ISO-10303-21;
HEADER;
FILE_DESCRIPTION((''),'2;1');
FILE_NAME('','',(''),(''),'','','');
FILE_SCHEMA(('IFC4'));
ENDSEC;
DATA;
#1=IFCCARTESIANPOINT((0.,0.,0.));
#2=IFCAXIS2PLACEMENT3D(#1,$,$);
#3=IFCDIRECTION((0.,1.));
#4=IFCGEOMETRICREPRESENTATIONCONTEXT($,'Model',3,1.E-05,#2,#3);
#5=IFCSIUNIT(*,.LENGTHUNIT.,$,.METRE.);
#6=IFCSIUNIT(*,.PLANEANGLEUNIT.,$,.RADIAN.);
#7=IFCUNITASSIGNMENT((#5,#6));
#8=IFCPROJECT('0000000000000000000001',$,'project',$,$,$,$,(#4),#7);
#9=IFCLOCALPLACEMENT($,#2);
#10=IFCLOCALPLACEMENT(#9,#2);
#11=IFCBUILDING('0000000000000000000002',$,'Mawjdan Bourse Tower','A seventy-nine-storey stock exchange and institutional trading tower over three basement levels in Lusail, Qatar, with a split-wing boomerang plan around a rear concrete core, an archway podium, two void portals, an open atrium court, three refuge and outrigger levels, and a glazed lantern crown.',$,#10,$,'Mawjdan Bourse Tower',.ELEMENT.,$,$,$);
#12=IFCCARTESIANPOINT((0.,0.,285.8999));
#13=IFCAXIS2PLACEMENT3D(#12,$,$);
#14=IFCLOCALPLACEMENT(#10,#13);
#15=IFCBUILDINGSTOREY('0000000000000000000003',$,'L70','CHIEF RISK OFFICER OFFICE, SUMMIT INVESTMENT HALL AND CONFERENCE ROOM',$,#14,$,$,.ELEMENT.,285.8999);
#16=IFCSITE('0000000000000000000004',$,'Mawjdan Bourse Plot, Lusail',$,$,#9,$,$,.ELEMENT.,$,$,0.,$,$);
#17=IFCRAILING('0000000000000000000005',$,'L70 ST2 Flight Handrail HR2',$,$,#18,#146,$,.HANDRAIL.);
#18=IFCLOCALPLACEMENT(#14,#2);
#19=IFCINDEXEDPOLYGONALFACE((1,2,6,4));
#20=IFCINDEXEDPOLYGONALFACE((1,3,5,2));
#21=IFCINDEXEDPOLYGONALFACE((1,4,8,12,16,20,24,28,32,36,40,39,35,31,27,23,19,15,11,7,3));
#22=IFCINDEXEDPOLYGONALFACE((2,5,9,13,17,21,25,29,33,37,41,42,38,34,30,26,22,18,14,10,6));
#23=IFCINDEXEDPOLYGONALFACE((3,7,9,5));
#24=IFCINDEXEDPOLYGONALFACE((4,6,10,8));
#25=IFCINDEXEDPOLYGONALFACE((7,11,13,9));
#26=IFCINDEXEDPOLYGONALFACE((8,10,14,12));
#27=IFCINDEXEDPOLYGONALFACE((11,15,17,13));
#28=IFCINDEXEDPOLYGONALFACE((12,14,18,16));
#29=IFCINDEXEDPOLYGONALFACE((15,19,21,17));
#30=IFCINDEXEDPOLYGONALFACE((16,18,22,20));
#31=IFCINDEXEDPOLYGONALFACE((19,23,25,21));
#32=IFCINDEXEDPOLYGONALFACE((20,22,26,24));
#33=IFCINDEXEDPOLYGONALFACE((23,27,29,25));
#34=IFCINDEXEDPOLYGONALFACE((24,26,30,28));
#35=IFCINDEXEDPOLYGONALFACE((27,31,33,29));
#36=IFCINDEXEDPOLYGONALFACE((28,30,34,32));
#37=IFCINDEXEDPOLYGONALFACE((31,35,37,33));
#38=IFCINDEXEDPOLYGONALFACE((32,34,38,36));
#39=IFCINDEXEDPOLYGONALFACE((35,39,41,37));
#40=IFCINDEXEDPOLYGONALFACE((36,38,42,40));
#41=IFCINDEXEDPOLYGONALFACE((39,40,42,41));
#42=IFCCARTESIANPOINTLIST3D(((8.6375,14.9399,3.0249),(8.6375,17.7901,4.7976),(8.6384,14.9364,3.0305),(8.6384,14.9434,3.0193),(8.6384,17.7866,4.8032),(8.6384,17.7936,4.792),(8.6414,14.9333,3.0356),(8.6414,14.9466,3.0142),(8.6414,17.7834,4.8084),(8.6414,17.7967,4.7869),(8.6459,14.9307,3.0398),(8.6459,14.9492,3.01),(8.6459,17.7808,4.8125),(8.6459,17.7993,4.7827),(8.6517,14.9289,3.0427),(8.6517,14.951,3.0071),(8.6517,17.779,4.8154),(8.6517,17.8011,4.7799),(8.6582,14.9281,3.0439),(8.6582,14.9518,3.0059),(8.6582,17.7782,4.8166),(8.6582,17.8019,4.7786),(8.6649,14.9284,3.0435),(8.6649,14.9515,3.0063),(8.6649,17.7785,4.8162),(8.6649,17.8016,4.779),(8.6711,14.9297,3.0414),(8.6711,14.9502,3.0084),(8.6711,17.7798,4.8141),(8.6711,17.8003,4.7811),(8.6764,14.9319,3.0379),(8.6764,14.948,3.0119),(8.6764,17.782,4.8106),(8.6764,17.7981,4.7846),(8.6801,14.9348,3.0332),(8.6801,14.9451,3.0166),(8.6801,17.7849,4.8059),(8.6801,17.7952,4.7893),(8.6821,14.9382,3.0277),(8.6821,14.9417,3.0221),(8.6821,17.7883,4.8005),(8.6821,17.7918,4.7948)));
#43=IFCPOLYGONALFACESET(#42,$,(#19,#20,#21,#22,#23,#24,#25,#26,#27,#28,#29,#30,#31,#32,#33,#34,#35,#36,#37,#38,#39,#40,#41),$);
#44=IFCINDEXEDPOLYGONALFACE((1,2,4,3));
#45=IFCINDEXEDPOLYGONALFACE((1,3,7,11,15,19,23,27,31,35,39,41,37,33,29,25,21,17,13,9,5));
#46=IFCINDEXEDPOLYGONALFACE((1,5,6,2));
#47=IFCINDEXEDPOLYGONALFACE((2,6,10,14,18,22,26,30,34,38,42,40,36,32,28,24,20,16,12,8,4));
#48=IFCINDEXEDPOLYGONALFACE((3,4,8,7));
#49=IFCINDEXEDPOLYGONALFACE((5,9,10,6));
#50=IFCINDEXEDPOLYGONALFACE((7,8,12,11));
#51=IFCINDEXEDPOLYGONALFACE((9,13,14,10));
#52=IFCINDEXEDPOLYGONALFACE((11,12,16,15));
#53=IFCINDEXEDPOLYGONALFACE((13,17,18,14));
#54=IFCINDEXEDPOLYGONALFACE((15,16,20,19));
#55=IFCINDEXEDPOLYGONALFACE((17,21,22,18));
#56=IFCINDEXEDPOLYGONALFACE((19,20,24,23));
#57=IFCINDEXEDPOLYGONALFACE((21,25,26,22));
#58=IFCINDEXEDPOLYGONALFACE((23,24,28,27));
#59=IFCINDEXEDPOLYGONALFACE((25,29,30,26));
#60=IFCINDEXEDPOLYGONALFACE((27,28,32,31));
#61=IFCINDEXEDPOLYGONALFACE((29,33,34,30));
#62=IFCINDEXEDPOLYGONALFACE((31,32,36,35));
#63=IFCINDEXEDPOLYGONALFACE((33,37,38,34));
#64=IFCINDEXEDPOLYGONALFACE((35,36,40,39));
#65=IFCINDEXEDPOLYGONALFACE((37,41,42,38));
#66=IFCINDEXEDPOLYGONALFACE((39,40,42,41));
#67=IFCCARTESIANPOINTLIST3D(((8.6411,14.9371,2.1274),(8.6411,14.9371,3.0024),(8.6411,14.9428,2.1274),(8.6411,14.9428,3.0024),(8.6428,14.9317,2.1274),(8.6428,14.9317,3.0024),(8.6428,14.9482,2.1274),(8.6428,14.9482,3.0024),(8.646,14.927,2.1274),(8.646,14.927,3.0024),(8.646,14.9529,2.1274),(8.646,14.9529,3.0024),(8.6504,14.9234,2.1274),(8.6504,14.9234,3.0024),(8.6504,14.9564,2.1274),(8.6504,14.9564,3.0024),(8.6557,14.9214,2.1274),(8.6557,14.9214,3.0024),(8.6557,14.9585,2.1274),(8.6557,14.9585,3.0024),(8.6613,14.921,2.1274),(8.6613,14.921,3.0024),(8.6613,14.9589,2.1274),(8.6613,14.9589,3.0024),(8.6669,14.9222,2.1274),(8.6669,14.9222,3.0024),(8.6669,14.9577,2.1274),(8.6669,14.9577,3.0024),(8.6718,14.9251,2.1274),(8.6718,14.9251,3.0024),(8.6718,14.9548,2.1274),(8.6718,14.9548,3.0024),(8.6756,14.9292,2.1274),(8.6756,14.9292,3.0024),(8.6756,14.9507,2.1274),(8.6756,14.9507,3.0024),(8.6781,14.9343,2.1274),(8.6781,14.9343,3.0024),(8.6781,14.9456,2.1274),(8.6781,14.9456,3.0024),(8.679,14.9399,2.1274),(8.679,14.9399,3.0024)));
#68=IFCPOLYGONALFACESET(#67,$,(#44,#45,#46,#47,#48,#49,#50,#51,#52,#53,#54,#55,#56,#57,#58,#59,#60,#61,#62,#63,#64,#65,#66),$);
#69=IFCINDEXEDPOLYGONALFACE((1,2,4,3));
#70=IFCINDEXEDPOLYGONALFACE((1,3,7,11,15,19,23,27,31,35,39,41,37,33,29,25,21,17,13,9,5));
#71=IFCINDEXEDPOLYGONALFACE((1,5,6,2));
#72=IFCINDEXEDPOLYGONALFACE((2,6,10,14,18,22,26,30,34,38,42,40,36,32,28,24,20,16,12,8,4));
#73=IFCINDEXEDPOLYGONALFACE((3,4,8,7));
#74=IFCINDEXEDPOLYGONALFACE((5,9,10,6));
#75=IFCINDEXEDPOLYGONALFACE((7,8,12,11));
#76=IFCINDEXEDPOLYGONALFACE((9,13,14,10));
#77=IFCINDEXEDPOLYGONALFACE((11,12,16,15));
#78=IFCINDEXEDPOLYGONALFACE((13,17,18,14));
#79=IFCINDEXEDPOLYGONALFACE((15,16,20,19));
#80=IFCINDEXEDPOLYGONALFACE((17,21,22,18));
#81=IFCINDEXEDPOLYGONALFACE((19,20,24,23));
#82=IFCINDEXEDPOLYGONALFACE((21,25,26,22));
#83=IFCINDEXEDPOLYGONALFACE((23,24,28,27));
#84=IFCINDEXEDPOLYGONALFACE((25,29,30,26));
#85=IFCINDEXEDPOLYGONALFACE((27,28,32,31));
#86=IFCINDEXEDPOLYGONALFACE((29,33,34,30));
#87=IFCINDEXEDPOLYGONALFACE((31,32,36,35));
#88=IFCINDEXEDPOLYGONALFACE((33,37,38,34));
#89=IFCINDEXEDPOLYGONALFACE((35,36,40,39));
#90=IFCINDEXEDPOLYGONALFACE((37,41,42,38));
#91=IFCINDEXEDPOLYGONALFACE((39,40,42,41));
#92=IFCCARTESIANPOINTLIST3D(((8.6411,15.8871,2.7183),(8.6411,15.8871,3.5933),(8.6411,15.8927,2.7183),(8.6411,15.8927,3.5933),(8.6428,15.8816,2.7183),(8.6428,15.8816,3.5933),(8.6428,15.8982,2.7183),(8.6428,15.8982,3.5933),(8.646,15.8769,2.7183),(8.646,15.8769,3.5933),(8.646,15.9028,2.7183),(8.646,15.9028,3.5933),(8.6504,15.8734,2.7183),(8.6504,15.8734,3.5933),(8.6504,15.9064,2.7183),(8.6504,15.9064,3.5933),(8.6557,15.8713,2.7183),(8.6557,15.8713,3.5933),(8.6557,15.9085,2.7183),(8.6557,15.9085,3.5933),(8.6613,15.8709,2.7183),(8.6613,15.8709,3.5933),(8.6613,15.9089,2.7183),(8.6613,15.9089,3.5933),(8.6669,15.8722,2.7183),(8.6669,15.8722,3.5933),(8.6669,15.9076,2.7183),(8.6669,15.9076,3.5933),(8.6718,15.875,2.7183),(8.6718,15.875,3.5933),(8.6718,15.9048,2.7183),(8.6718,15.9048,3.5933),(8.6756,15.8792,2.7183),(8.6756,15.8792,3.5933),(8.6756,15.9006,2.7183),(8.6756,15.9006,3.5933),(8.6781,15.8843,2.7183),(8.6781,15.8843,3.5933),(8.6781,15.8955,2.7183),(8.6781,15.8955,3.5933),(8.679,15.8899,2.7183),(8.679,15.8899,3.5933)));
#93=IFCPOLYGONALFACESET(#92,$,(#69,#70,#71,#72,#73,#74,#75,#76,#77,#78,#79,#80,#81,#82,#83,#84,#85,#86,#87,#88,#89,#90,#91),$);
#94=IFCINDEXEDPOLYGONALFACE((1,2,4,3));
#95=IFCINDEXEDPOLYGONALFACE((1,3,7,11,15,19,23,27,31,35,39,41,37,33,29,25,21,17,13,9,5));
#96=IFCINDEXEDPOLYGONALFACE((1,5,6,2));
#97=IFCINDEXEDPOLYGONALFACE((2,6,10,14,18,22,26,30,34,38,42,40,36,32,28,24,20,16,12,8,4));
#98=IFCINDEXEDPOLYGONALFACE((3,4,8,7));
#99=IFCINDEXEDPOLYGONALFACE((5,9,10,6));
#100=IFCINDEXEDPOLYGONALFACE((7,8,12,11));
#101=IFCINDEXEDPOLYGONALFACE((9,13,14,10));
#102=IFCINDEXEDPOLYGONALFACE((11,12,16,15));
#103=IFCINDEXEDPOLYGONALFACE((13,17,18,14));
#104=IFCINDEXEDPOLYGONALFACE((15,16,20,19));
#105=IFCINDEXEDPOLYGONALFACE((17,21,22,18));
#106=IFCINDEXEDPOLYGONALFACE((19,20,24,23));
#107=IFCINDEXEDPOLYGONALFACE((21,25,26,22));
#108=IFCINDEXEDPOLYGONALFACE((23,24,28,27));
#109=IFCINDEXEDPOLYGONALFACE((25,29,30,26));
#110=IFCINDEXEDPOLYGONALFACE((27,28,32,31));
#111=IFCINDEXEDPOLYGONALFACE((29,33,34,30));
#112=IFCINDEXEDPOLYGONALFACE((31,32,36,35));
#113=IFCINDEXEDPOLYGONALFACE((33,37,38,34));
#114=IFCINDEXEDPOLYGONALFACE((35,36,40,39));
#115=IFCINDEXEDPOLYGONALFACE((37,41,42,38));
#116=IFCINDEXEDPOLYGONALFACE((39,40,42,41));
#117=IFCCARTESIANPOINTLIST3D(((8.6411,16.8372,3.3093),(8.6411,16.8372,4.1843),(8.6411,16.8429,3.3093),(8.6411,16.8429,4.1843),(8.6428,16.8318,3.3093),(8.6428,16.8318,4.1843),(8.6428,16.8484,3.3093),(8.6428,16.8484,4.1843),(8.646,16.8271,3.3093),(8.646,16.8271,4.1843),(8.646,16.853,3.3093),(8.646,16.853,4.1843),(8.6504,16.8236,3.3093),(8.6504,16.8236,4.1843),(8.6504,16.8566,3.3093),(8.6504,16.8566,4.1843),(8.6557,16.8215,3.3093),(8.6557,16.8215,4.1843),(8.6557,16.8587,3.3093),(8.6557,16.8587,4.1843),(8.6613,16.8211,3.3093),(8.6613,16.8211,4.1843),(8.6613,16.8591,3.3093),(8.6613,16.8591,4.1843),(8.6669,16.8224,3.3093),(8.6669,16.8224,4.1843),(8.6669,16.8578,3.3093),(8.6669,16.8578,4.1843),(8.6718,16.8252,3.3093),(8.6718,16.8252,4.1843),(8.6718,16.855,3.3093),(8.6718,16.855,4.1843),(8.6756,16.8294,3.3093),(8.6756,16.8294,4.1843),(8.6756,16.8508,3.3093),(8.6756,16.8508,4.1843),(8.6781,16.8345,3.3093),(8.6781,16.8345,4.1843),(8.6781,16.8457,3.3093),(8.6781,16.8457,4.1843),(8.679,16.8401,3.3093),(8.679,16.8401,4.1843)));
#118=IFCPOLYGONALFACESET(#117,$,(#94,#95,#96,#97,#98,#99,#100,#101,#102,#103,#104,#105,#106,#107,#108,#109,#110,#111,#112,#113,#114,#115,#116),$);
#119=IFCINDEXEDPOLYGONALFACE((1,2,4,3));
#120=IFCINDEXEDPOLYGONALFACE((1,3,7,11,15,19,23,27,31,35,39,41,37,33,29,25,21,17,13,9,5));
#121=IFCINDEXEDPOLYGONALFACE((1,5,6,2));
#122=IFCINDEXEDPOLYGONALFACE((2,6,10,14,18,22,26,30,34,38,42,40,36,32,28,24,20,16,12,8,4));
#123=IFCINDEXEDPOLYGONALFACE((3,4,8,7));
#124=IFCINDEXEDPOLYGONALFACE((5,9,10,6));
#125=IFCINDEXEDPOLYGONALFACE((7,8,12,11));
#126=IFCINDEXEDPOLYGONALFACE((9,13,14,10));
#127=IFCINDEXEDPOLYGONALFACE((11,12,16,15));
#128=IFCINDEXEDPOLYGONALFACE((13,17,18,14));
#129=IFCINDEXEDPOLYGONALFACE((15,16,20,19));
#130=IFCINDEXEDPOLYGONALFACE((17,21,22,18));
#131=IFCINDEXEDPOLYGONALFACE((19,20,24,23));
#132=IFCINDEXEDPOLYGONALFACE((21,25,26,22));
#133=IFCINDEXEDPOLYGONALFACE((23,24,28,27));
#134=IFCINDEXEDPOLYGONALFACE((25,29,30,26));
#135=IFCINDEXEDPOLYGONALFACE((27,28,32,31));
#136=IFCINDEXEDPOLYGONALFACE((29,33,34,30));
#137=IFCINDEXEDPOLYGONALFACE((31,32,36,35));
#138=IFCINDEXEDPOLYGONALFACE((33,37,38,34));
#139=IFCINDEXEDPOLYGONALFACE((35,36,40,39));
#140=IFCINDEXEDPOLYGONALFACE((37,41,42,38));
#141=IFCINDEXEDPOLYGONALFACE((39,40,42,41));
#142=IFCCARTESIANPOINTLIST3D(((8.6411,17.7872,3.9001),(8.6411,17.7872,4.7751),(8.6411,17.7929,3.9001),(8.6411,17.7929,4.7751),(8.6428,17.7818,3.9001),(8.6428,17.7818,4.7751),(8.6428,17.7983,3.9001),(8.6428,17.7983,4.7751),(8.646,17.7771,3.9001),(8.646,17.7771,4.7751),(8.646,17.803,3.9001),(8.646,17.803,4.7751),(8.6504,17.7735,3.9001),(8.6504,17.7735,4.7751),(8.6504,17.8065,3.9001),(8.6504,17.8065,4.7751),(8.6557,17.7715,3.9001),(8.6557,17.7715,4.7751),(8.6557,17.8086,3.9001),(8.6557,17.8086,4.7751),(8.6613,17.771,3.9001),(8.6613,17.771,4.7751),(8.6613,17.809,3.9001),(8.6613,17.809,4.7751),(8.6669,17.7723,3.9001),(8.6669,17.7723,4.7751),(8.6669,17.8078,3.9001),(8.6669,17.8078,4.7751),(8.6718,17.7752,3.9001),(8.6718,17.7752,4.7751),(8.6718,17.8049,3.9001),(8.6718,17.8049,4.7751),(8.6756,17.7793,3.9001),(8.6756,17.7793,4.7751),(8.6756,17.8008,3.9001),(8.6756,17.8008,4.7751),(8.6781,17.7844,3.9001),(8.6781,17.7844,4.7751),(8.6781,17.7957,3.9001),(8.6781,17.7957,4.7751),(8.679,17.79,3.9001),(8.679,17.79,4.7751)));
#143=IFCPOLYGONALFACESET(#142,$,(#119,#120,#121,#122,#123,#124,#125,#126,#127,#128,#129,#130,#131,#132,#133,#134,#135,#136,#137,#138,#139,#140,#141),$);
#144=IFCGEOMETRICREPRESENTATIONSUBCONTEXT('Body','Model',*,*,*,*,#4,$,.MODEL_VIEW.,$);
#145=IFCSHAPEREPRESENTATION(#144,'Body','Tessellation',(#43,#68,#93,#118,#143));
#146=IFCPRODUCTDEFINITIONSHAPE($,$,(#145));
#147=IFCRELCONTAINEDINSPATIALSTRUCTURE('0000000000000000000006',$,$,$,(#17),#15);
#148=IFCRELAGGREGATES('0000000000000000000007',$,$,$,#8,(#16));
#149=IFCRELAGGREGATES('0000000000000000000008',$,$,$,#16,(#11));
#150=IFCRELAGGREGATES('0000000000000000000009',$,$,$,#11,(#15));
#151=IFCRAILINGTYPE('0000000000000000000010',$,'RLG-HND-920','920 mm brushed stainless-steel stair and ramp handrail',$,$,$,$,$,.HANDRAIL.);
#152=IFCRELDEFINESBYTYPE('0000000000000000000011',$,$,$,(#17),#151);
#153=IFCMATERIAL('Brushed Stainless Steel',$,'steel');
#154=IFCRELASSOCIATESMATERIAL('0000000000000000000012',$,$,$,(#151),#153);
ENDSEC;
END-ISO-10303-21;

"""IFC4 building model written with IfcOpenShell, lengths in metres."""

from ifc_helpers import new_model, si_unit, direction, frame, origin, origin_2d, place, context, subcontext, project, spatial, circle, extrude, material, type_object, element, save


model = new_model("IFC4")

# Units and contexts
model_context = context("Model", 3, precision=1e-05, world=origin(), true_north=direction((0.0, 1.0)))
body_context = subcontext(model_context, "Body", "Model", "MODEL_VIEW")
ifc_project = project(units=[si_unit("LENGTHUNIT", "METRE"), si_unit("PLANEANGLEUNIT", "RADIAN")], contexts=[model_context])

# Site, building, storey
site_placement = place(None, origin())
site = spatial("IfcSite", under=ifc_project, at=site_placement, Name="Mawjdan Bourse Plot, Lusail", CompositionType="ELEMENT", RefElevation=0.0)
building_placement = place(site_placement, origin())
building = spatial("IfcBuilding", under=site, at=building_placement, Name="Mawjdan Bourse Tower", Description="A seventy-nine-storey stock exchange and institutional trading tower over three basement levels in Lusail, Qatar, with a split-wing boomerang plan around a rear concrete core, an archway podium, two void portals, an open atrium court, three refuge and outrigger levels, and a glazed lantern crown.", LongName="Mawjdan Bourse Tower", CompositionType="ELEMENT")
storey_placement = place(building_placement, frame((0.0, 0.0, 285.8999)))
storey = spatial("IfcBuildingStorey", under=building, at=storey_placement, Name="L70", Description="CHIEF RISK OFFICER OFFICE, SUMMIT INVESTMENT HALL AND CONFERENCE ROOM", CompositionType="ELEMENT", Elevation=285.8999)

# Railing
ifc_material_1 = material(Name="Brushed Stainless Steel", Category="steel")
railing_type_1 = type_object("IfcRailingType", Name="RLG-HND-920", Description="920 mm brushed stainless-steel stair and ramp handrail", PredefinedType="HANDRAIL", material=ifc_material_1)
railing_1_placement = place(storey_placement, frame((8.6599, 14.9399, 2.1274)))
element("IfcRailing", 1, at=railing_1_placement, inside=storey, type_object=railing_type_1, Name="L70 ST2 Flight Handrail HR2", PredefinedType="HANDRAIL", context=body_context, shape_type="SweptSolid", body=[
    extrude(circle(Radius=0.0225, at=origin_2d()), frame((0.0, 0.0, 0.8975), z_axis=(0.0, 0.849149, 0.528154), x_axis=(-1.0, 0.0, 0.0)), (0.0, 0.0, 1.0), 3.3564),
    extrude(circle(Radius=0.019, at=origin_2d()), origin(), (0.0, 0.0, 1.0), 0.875),
    extrude(circle(Radius=0.019, at=origin_2d()), frame((0.0, 0.95, 0.5908)), (0.0, 0.0, 1.0), 0.875),
    extrude(circle(Radius=0.019, at=origin_2d()), frame((0.0, 1.9001, 1.1819)), (0.0, 0.0, 1.0), 0.875),
    extrude(circle(Radius=0.019, at=origin_2d()), frame((0.0, 2.8501, 1.7727)), (0.0, 0.0, 1.0), 0.875),
])

save(model, "model.ifc")
